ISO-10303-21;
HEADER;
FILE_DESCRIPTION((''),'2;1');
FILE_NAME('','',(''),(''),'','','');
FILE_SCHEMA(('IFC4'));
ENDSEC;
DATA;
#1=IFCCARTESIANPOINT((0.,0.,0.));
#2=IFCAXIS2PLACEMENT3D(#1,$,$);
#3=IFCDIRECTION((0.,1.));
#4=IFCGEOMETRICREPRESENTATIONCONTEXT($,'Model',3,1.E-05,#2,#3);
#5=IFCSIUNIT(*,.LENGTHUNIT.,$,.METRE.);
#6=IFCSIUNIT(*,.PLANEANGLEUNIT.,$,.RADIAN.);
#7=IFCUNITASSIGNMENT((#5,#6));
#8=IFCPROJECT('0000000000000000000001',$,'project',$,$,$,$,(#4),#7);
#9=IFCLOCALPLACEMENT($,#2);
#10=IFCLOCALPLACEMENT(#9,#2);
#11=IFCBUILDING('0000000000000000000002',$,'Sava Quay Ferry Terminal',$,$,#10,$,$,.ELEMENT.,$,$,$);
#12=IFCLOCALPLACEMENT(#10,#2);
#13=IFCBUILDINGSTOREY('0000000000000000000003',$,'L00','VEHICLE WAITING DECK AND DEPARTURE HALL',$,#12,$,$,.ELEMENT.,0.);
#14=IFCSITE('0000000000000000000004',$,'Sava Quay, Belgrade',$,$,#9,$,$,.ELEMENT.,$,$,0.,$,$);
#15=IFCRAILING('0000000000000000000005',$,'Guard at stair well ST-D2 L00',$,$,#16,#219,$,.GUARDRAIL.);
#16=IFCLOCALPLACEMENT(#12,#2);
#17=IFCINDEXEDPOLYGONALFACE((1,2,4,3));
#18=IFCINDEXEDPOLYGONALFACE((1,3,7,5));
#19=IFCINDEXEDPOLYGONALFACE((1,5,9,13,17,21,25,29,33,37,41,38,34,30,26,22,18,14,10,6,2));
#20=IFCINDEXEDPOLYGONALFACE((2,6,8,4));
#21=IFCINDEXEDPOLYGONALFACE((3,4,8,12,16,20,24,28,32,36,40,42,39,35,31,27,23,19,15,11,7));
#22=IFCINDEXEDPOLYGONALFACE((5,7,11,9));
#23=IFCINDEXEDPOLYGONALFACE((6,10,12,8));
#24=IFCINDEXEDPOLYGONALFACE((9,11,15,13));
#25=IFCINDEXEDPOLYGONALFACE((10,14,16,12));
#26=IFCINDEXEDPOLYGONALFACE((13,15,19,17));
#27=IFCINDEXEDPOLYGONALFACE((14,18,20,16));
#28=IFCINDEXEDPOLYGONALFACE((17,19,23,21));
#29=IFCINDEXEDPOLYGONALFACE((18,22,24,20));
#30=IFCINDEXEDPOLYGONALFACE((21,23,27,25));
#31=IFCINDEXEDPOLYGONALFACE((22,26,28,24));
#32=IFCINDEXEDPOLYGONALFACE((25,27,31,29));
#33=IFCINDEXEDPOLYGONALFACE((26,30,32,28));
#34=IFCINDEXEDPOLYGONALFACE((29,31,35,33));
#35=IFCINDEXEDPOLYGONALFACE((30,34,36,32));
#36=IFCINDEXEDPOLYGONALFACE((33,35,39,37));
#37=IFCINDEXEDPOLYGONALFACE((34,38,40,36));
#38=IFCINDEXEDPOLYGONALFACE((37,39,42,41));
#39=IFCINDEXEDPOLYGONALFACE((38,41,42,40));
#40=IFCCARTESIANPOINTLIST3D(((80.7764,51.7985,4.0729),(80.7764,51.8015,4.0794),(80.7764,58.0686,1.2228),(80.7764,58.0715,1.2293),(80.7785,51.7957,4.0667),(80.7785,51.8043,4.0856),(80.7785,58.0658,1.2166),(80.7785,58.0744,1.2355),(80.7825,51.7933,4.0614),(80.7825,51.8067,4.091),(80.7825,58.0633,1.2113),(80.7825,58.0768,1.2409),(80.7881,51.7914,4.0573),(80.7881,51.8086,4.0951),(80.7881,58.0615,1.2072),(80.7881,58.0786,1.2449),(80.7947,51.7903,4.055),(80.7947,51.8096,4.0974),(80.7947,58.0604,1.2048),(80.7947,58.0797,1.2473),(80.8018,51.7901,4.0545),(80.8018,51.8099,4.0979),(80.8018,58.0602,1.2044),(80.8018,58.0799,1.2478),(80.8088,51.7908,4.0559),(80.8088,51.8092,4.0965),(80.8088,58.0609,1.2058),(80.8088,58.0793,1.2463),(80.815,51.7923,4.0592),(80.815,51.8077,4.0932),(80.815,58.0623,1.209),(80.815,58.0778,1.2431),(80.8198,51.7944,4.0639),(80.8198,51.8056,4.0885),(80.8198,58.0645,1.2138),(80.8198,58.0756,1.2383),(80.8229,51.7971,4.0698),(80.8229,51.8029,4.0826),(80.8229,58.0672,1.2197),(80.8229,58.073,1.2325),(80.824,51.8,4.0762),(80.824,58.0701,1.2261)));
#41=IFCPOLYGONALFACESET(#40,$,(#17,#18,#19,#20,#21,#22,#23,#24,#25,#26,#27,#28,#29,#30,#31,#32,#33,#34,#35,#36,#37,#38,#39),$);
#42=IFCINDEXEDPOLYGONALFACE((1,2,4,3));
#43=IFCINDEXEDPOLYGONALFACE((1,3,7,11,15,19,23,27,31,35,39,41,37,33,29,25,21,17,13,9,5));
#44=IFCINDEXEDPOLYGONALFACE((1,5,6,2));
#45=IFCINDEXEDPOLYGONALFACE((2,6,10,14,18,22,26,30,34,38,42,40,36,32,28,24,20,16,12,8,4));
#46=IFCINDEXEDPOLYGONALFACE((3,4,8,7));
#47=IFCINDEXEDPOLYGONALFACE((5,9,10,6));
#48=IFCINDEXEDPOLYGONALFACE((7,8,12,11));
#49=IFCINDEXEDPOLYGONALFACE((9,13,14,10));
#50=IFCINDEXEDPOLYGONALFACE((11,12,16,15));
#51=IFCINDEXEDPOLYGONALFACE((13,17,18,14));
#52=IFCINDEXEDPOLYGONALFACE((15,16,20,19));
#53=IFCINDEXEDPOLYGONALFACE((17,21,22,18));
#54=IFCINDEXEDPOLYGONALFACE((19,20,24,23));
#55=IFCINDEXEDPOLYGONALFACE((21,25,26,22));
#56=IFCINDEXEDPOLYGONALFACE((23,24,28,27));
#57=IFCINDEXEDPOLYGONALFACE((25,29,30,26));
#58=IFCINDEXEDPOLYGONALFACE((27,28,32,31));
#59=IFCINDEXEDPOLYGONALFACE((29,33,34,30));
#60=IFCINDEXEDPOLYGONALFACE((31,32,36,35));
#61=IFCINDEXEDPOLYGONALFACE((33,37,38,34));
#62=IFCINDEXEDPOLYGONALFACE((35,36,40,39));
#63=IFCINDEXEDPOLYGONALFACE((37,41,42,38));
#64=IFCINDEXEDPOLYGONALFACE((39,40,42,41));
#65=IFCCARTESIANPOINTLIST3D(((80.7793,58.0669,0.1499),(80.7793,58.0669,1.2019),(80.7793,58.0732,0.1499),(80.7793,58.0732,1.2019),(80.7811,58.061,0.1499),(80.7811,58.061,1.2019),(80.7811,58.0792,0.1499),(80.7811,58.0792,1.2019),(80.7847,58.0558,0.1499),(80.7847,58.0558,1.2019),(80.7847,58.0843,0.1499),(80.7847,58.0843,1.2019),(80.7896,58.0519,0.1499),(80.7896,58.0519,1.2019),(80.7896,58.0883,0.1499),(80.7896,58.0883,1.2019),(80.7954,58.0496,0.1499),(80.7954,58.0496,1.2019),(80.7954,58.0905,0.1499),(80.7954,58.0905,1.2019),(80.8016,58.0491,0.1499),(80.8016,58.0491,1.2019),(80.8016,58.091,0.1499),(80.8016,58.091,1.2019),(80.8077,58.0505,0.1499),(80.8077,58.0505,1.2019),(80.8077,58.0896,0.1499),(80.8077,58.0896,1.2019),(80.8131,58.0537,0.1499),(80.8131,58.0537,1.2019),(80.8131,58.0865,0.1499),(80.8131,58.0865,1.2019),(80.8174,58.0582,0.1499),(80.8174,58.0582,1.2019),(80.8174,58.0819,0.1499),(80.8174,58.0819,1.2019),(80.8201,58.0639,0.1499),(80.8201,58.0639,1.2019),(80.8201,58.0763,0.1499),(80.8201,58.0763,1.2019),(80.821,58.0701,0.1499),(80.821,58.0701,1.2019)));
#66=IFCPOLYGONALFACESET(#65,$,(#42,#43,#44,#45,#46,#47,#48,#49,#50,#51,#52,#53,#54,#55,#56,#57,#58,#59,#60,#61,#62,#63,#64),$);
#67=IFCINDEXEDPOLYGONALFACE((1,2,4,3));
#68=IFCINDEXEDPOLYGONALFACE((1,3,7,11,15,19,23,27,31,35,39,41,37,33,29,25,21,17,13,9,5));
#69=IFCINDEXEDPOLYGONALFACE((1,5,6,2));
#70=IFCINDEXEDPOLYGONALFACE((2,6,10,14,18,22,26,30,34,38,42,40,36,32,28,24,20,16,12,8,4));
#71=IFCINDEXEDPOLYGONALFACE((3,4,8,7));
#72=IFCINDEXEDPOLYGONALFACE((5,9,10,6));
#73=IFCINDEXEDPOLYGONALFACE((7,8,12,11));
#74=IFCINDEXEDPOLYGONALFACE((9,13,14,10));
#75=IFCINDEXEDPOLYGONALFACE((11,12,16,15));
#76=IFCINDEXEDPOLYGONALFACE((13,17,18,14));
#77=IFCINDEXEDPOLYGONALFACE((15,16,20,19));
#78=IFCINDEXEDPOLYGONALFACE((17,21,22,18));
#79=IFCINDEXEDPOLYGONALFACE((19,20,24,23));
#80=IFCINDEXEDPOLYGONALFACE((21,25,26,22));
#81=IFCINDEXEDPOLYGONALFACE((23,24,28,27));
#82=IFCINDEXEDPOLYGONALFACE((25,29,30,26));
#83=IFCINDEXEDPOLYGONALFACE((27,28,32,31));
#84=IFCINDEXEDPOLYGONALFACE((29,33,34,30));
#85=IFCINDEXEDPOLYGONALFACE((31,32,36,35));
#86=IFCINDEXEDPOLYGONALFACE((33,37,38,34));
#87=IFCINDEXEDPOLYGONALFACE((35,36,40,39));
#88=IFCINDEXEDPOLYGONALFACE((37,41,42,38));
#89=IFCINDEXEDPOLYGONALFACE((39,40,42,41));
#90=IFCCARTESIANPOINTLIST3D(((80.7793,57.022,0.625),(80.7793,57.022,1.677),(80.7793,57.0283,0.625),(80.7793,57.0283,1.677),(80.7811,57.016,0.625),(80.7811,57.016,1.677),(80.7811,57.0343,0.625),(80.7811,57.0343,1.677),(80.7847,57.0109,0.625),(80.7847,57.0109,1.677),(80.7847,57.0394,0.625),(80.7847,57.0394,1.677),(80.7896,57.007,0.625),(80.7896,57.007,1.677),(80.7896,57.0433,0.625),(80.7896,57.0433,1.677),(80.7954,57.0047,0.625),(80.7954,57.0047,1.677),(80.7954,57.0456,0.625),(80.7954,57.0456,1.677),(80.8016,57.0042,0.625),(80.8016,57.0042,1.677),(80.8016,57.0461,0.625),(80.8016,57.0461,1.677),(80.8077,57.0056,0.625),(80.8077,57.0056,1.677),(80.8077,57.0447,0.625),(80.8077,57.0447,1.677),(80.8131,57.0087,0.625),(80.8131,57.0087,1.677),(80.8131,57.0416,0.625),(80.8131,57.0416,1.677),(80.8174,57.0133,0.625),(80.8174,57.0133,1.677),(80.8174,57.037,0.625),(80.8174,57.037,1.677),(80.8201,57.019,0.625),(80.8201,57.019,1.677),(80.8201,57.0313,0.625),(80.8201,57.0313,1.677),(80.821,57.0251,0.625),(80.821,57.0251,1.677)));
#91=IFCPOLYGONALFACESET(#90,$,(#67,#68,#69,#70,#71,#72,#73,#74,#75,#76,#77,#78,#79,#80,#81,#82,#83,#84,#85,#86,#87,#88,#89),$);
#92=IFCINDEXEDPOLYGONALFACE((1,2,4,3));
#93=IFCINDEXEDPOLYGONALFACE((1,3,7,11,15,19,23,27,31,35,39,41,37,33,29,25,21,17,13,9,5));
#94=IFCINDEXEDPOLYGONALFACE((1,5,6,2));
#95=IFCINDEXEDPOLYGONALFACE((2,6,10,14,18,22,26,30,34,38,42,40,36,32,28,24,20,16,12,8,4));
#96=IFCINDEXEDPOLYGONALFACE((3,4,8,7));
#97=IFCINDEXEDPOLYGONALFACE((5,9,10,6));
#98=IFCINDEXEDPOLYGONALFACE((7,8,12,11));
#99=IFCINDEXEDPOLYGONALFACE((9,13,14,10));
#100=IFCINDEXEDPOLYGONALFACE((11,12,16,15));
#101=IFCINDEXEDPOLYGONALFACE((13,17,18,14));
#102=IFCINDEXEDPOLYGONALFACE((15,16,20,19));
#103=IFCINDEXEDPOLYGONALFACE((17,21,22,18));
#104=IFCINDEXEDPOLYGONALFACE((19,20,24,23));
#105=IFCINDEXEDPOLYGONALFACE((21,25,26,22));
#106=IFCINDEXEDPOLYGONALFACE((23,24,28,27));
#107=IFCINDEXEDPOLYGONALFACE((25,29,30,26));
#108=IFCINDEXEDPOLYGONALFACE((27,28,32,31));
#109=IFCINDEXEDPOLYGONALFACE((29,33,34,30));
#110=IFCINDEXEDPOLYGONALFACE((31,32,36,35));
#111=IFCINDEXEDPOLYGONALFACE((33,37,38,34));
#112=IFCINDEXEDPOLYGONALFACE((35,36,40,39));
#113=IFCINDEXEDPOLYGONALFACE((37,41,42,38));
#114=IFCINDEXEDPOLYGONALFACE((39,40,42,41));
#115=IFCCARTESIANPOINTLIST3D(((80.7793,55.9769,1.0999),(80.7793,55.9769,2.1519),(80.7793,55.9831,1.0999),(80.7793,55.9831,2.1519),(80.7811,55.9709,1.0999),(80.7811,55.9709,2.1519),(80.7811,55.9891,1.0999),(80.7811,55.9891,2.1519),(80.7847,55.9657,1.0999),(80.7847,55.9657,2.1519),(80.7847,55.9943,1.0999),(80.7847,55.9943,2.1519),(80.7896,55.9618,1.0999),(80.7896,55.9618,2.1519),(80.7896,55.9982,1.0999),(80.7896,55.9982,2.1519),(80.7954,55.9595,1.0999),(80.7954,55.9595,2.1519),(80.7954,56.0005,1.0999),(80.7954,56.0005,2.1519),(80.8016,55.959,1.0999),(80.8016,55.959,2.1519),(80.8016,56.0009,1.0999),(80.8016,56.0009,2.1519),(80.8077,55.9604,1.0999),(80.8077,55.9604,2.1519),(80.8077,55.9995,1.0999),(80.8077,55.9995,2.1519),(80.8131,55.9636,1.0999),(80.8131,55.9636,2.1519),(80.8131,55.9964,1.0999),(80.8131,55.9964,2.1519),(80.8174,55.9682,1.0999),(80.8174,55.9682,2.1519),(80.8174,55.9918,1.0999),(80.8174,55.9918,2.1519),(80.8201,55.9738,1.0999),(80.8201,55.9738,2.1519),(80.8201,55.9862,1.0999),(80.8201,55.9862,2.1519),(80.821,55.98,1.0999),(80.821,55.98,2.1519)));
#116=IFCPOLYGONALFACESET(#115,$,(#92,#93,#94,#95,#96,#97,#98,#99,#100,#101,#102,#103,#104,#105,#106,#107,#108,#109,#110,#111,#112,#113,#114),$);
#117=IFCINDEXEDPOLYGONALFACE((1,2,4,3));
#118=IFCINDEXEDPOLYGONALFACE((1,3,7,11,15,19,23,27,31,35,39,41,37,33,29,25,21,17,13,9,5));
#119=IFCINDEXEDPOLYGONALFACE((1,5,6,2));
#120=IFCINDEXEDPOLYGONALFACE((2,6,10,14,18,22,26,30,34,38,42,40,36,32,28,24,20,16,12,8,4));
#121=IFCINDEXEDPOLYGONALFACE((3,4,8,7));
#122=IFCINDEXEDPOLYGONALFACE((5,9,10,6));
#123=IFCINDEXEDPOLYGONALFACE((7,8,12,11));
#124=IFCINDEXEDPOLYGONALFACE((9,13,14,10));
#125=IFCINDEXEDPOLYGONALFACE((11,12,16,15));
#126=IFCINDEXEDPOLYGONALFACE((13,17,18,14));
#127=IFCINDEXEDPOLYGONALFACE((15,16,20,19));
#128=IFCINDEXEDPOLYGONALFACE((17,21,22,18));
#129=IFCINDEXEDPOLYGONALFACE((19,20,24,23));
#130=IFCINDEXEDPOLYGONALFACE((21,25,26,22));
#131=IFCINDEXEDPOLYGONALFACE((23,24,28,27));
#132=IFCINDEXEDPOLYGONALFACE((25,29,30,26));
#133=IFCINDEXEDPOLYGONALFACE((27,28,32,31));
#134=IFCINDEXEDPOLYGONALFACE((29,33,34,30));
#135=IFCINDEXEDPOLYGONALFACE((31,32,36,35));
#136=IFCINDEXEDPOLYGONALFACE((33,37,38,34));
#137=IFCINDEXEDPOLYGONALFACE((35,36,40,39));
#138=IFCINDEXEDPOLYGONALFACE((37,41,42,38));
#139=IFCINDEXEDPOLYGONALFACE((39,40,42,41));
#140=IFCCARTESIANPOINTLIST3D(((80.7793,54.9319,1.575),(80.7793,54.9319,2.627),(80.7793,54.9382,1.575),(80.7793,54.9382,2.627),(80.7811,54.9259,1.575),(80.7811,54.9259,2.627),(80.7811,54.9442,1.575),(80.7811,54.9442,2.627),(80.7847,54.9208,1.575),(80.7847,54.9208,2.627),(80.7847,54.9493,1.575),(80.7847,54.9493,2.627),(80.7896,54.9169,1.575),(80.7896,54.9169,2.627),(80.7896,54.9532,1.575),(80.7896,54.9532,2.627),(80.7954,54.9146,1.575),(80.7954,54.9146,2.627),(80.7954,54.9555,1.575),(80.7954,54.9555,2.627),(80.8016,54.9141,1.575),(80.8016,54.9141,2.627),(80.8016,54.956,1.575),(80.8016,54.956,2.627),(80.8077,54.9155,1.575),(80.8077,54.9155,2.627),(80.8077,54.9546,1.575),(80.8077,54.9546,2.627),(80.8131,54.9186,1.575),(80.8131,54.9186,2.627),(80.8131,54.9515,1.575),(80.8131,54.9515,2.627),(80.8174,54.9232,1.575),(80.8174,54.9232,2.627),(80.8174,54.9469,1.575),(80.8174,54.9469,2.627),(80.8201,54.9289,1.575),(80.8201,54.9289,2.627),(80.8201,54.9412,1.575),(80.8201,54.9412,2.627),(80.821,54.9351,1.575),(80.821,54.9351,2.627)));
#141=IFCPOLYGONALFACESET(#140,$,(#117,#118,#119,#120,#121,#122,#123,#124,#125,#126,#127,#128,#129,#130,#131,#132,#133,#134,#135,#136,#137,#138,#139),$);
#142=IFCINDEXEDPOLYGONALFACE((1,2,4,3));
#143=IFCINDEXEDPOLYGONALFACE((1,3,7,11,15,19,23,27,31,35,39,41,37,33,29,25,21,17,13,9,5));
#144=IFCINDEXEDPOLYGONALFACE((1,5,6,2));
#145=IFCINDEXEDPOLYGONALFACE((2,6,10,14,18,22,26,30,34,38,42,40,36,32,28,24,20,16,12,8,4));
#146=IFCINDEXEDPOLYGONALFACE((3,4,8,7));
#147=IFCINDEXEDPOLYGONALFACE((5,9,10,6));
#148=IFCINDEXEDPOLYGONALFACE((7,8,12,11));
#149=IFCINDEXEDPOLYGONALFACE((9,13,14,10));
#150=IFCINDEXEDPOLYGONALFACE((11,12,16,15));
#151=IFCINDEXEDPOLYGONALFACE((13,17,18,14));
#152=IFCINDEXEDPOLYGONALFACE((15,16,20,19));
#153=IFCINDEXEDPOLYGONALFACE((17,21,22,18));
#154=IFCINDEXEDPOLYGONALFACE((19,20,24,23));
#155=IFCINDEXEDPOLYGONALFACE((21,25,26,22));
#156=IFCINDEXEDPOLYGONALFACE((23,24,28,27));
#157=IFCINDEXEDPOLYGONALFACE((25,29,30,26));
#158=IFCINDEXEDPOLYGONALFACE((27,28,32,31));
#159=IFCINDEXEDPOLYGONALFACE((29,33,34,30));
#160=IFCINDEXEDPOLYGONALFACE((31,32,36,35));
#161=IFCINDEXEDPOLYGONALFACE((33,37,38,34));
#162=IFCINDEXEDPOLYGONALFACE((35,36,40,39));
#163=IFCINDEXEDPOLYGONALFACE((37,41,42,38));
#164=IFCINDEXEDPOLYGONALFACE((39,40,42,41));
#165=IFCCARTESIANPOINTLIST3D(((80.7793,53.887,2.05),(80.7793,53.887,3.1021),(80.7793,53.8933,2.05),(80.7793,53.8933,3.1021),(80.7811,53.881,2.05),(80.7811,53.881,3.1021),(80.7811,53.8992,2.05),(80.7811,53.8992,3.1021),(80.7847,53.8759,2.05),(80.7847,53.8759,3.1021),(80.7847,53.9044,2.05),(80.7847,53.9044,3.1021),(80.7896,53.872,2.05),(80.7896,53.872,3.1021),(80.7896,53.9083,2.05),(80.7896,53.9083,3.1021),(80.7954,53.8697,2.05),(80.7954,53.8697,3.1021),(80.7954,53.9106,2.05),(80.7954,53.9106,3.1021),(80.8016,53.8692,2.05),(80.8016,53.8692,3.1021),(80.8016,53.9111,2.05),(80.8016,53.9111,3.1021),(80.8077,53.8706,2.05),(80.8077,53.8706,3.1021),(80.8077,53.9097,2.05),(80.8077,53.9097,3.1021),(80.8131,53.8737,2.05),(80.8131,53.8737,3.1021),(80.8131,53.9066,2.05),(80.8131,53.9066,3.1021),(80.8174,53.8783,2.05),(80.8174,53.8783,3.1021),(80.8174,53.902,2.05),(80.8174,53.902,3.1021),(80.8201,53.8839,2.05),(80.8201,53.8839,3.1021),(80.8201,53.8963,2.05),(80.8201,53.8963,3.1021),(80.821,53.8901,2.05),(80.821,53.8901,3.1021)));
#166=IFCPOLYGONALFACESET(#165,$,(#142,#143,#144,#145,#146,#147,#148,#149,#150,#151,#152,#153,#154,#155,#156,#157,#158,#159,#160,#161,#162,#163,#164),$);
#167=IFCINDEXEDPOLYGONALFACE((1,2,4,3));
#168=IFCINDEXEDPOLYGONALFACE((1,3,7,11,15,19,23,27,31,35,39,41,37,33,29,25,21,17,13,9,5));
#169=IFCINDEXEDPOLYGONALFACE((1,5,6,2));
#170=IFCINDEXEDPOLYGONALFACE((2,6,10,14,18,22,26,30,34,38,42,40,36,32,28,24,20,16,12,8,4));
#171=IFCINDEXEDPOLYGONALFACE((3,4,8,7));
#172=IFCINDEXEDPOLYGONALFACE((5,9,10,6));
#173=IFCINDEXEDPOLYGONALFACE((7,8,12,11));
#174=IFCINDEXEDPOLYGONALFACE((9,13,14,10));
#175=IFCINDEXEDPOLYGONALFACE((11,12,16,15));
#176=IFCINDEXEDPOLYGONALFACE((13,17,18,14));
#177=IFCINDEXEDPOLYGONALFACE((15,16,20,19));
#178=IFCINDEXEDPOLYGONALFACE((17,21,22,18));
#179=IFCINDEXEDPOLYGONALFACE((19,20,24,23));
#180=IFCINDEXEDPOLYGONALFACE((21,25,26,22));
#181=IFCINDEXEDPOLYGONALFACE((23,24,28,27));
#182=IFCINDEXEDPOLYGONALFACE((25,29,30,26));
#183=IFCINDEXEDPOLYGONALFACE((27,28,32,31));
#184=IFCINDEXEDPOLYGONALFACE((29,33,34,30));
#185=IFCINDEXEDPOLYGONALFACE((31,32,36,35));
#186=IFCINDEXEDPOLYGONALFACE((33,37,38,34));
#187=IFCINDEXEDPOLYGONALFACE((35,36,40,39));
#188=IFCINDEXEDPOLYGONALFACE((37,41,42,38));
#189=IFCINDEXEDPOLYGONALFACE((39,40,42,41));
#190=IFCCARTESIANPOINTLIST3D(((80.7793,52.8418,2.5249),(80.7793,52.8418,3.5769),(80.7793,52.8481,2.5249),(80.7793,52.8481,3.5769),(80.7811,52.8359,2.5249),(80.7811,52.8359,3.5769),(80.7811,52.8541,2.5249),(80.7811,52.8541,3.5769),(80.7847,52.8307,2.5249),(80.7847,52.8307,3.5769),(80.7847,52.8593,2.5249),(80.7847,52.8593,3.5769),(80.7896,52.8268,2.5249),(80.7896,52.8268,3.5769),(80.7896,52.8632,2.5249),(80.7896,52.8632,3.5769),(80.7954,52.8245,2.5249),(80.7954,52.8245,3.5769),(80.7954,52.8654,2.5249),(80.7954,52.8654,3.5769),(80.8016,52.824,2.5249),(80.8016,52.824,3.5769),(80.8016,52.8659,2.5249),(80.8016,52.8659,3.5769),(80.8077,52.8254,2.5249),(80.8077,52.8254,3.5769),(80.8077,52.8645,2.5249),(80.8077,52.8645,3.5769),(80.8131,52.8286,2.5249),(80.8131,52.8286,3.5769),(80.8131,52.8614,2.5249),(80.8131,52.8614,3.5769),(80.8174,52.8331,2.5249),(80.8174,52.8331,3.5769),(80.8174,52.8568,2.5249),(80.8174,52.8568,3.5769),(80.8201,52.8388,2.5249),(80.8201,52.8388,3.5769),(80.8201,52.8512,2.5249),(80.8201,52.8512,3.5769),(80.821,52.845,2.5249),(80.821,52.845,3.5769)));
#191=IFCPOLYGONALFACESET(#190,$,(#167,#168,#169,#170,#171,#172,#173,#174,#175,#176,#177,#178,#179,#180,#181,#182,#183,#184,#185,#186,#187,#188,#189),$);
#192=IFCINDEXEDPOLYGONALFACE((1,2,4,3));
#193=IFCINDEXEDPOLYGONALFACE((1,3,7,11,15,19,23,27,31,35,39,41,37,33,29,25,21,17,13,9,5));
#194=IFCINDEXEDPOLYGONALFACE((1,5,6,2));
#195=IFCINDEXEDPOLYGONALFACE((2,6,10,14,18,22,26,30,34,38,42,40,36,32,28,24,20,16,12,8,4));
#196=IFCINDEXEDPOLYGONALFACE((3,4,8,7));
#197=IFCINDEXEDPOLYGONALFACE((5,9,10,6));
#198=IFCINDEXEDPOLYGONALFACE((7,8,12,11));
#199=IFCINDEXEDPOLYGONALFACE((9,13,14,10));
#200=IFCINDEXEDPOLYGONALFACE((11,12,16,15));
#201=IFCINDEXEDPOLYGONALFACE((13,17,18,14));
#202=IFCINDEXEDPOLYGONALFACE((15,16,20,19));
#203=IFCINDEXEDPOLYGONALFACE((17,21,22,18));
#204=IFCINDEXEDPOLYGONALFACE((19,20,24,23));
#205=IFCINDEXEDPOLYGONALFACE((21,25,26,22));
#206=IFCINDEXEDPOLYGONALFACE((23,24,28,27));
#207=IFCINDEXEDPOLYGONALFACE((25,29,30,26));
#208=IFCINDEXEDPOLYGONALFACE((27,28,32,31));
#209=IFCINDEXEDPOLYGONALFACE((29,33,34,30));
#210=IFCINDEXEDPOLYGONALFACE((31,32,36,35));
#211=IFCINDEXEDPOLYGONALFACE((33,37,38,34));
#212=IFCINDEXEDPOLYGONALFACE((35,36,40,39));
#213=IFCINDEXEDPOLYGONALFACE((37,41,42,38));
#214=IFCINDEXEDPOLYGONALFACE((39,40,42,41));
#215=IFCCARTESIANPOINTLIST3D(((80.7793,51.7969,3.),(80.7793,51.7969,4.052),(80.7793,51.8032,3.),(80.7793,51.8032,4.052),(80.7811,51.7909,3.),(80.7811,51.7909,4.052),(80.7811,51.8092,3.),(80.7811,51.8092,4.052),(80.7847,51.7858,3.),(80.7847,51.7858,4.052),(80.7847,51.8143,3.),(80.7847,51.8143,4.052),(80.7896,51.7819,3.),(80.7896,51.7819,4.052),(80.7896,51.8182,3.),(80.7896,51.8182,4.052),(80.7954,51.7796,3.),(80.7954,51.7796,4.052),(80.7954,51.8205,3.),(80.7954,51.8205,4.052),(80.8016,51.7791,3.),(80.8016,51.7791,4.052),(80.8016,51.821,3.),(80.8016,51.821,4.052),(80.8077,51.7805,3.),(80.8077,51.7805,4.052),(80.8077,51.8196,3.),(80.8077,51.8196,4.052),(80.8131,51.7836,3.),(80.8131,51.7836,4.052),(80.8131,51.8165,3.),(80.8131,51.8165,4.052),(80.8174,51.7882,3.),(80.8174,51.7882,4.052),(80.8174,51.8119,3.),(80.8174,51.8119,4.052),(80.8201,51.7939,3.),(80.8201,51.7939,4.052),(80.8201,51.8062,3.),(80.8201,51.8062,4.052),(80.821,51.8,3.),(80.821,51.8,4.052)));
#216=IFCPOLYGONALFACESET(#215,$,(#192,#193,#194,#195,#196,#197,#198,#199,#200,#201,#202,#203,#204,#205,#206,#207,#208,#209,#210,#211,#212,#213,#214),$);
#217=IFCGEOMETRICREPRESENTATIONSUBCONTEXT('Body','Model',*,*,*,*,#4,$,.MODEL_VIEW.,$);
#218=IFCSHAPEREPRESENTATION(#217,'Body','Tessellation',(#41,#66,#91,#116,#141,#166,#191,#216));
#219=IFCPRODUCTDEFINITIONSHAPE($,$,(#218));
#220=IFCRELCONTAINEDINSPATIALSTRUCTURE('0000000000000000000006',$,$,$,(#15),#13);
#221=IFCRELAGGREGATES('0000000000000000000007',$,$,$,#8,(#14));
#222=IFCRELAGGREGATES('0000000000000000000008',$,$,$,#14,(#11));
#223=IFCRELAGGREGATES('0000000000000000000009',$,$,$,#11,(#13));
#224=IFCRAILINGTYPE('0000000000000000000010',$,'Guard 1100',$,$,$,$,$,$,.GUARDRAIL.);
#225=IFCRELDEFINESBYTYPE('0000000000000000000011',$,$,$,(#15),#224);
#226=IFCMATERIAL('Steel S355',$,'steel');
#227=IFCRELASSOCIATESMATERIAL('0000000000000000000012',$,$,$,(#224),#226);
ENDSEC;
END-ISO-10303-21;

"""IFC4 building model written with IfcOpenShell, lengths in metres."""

from ifc_helpers import new_model, si_unit, direction, frame, origin, origin_2d, place, context, subcontext, project, spatial, circle, extrude, material, type_object, element, save


model = new_model("IFC4")

# Units and contexts
model_context = context("Model", 3, precision=1e-05, world=origin(), true_north=direction((0.0, 1.0)))
body_context = subcontext(model_context, "Body", "Model", "MODEL_VIEW")
ifc_project = project(units=[si_unit("LENGTHUNIT", "METRE"), si_unit("PLANEANGLEUNIT", "RADIAN")], contexts=[model_context])

# Site, building, storey
site_placement = place(None, origin())
site = spatial("IfcSite", under=ifc_project, at=site_placement, Name="Sava Quay, Belgrade", CompositionType="ELEMENT", RefElevation=0.0)
building_placement = place(site_placement, origin())
building = spatial("IfcBuilding", under=site, at=building_placement, Name="Sava Quay Ferry Terminal", CompositionType="ELEMENT")
storey_placement = place(building_placement, origin())
storey = spatial("IfcBuildingStorey", under=building, at=storey_placement, Name="L00", Description="VEHICLE WAITING DECK AND DEPARTURE HALL", CompositionType="ELEMENT", Elevation=0.0)

# Railing
ifc_material_1 = material(Name="Steel S355", Category="steel")
railing_type_1 = type_object("IfcRailingType", Name="Guard 1100", PredefinedType="GUARDRAIL", material=ifc_material_1)
railing_1_placement = place(storey_placement, frame((80.8, 58.0701, 0.1499)))
element("IfcRailing", 1, at=railing_1_placement, inside=storey, type_object=railing_type_1, Name="Guard at stair well ST-D2 L00", PredefinedType="GUARDRAIL", context=body_context, shape_type="SweptSolid", body=[
    extrude(circle(Radius=0.0239, at=origin_2d()), frame((0.0, 0.0, 1.0762), z_axis=(0.0, -0.910362, 0.413814), x_axis=(1.0, 0.0, 0.0)), (0.0, 0.0, 1.0), 6.8875),
    extrude(circle(Radius=0.021, at=origin_2d()), origin(), (0.0, 0.0, 1.0), 1.052),
    extrude(circle(Radius=0.021, at=origin_2d()), frame((0.0, -1.0449, 0.4751)), (0.0, 0.0, 1.0), 1.052),
    extrude(circle(Radius=0.021, at=origin_2d()), frame((0.0, -2.0901, 0.95)), (0.0, 0.0, 1.0), 1.052),
    extrude(circle(Radius=0.021, at=origin_2d()), frame((0.0, -3.135, 1.425)), (0.0, 0.0, 1.0), 1.052),
    extrude(circle(Radius=0.021, at=origin_2d()), frame((0.0, -4.1799, 1.9001)), (0.0, 0.0, 1.0), 1.052),
    extrude(circle(Radius=0.021, at=origin_2d()), frame((0.0, -5.2251, 2.375)), (0.0, 0.0, 1.0), 1.052),
    extrude(circle(Radius=0.021, at=origin_2d()), frame((0.0, -6.27, 2.8501)), (0.0, 0.0, 1.0), 1.052),
])

save(model, "model.ifc")
